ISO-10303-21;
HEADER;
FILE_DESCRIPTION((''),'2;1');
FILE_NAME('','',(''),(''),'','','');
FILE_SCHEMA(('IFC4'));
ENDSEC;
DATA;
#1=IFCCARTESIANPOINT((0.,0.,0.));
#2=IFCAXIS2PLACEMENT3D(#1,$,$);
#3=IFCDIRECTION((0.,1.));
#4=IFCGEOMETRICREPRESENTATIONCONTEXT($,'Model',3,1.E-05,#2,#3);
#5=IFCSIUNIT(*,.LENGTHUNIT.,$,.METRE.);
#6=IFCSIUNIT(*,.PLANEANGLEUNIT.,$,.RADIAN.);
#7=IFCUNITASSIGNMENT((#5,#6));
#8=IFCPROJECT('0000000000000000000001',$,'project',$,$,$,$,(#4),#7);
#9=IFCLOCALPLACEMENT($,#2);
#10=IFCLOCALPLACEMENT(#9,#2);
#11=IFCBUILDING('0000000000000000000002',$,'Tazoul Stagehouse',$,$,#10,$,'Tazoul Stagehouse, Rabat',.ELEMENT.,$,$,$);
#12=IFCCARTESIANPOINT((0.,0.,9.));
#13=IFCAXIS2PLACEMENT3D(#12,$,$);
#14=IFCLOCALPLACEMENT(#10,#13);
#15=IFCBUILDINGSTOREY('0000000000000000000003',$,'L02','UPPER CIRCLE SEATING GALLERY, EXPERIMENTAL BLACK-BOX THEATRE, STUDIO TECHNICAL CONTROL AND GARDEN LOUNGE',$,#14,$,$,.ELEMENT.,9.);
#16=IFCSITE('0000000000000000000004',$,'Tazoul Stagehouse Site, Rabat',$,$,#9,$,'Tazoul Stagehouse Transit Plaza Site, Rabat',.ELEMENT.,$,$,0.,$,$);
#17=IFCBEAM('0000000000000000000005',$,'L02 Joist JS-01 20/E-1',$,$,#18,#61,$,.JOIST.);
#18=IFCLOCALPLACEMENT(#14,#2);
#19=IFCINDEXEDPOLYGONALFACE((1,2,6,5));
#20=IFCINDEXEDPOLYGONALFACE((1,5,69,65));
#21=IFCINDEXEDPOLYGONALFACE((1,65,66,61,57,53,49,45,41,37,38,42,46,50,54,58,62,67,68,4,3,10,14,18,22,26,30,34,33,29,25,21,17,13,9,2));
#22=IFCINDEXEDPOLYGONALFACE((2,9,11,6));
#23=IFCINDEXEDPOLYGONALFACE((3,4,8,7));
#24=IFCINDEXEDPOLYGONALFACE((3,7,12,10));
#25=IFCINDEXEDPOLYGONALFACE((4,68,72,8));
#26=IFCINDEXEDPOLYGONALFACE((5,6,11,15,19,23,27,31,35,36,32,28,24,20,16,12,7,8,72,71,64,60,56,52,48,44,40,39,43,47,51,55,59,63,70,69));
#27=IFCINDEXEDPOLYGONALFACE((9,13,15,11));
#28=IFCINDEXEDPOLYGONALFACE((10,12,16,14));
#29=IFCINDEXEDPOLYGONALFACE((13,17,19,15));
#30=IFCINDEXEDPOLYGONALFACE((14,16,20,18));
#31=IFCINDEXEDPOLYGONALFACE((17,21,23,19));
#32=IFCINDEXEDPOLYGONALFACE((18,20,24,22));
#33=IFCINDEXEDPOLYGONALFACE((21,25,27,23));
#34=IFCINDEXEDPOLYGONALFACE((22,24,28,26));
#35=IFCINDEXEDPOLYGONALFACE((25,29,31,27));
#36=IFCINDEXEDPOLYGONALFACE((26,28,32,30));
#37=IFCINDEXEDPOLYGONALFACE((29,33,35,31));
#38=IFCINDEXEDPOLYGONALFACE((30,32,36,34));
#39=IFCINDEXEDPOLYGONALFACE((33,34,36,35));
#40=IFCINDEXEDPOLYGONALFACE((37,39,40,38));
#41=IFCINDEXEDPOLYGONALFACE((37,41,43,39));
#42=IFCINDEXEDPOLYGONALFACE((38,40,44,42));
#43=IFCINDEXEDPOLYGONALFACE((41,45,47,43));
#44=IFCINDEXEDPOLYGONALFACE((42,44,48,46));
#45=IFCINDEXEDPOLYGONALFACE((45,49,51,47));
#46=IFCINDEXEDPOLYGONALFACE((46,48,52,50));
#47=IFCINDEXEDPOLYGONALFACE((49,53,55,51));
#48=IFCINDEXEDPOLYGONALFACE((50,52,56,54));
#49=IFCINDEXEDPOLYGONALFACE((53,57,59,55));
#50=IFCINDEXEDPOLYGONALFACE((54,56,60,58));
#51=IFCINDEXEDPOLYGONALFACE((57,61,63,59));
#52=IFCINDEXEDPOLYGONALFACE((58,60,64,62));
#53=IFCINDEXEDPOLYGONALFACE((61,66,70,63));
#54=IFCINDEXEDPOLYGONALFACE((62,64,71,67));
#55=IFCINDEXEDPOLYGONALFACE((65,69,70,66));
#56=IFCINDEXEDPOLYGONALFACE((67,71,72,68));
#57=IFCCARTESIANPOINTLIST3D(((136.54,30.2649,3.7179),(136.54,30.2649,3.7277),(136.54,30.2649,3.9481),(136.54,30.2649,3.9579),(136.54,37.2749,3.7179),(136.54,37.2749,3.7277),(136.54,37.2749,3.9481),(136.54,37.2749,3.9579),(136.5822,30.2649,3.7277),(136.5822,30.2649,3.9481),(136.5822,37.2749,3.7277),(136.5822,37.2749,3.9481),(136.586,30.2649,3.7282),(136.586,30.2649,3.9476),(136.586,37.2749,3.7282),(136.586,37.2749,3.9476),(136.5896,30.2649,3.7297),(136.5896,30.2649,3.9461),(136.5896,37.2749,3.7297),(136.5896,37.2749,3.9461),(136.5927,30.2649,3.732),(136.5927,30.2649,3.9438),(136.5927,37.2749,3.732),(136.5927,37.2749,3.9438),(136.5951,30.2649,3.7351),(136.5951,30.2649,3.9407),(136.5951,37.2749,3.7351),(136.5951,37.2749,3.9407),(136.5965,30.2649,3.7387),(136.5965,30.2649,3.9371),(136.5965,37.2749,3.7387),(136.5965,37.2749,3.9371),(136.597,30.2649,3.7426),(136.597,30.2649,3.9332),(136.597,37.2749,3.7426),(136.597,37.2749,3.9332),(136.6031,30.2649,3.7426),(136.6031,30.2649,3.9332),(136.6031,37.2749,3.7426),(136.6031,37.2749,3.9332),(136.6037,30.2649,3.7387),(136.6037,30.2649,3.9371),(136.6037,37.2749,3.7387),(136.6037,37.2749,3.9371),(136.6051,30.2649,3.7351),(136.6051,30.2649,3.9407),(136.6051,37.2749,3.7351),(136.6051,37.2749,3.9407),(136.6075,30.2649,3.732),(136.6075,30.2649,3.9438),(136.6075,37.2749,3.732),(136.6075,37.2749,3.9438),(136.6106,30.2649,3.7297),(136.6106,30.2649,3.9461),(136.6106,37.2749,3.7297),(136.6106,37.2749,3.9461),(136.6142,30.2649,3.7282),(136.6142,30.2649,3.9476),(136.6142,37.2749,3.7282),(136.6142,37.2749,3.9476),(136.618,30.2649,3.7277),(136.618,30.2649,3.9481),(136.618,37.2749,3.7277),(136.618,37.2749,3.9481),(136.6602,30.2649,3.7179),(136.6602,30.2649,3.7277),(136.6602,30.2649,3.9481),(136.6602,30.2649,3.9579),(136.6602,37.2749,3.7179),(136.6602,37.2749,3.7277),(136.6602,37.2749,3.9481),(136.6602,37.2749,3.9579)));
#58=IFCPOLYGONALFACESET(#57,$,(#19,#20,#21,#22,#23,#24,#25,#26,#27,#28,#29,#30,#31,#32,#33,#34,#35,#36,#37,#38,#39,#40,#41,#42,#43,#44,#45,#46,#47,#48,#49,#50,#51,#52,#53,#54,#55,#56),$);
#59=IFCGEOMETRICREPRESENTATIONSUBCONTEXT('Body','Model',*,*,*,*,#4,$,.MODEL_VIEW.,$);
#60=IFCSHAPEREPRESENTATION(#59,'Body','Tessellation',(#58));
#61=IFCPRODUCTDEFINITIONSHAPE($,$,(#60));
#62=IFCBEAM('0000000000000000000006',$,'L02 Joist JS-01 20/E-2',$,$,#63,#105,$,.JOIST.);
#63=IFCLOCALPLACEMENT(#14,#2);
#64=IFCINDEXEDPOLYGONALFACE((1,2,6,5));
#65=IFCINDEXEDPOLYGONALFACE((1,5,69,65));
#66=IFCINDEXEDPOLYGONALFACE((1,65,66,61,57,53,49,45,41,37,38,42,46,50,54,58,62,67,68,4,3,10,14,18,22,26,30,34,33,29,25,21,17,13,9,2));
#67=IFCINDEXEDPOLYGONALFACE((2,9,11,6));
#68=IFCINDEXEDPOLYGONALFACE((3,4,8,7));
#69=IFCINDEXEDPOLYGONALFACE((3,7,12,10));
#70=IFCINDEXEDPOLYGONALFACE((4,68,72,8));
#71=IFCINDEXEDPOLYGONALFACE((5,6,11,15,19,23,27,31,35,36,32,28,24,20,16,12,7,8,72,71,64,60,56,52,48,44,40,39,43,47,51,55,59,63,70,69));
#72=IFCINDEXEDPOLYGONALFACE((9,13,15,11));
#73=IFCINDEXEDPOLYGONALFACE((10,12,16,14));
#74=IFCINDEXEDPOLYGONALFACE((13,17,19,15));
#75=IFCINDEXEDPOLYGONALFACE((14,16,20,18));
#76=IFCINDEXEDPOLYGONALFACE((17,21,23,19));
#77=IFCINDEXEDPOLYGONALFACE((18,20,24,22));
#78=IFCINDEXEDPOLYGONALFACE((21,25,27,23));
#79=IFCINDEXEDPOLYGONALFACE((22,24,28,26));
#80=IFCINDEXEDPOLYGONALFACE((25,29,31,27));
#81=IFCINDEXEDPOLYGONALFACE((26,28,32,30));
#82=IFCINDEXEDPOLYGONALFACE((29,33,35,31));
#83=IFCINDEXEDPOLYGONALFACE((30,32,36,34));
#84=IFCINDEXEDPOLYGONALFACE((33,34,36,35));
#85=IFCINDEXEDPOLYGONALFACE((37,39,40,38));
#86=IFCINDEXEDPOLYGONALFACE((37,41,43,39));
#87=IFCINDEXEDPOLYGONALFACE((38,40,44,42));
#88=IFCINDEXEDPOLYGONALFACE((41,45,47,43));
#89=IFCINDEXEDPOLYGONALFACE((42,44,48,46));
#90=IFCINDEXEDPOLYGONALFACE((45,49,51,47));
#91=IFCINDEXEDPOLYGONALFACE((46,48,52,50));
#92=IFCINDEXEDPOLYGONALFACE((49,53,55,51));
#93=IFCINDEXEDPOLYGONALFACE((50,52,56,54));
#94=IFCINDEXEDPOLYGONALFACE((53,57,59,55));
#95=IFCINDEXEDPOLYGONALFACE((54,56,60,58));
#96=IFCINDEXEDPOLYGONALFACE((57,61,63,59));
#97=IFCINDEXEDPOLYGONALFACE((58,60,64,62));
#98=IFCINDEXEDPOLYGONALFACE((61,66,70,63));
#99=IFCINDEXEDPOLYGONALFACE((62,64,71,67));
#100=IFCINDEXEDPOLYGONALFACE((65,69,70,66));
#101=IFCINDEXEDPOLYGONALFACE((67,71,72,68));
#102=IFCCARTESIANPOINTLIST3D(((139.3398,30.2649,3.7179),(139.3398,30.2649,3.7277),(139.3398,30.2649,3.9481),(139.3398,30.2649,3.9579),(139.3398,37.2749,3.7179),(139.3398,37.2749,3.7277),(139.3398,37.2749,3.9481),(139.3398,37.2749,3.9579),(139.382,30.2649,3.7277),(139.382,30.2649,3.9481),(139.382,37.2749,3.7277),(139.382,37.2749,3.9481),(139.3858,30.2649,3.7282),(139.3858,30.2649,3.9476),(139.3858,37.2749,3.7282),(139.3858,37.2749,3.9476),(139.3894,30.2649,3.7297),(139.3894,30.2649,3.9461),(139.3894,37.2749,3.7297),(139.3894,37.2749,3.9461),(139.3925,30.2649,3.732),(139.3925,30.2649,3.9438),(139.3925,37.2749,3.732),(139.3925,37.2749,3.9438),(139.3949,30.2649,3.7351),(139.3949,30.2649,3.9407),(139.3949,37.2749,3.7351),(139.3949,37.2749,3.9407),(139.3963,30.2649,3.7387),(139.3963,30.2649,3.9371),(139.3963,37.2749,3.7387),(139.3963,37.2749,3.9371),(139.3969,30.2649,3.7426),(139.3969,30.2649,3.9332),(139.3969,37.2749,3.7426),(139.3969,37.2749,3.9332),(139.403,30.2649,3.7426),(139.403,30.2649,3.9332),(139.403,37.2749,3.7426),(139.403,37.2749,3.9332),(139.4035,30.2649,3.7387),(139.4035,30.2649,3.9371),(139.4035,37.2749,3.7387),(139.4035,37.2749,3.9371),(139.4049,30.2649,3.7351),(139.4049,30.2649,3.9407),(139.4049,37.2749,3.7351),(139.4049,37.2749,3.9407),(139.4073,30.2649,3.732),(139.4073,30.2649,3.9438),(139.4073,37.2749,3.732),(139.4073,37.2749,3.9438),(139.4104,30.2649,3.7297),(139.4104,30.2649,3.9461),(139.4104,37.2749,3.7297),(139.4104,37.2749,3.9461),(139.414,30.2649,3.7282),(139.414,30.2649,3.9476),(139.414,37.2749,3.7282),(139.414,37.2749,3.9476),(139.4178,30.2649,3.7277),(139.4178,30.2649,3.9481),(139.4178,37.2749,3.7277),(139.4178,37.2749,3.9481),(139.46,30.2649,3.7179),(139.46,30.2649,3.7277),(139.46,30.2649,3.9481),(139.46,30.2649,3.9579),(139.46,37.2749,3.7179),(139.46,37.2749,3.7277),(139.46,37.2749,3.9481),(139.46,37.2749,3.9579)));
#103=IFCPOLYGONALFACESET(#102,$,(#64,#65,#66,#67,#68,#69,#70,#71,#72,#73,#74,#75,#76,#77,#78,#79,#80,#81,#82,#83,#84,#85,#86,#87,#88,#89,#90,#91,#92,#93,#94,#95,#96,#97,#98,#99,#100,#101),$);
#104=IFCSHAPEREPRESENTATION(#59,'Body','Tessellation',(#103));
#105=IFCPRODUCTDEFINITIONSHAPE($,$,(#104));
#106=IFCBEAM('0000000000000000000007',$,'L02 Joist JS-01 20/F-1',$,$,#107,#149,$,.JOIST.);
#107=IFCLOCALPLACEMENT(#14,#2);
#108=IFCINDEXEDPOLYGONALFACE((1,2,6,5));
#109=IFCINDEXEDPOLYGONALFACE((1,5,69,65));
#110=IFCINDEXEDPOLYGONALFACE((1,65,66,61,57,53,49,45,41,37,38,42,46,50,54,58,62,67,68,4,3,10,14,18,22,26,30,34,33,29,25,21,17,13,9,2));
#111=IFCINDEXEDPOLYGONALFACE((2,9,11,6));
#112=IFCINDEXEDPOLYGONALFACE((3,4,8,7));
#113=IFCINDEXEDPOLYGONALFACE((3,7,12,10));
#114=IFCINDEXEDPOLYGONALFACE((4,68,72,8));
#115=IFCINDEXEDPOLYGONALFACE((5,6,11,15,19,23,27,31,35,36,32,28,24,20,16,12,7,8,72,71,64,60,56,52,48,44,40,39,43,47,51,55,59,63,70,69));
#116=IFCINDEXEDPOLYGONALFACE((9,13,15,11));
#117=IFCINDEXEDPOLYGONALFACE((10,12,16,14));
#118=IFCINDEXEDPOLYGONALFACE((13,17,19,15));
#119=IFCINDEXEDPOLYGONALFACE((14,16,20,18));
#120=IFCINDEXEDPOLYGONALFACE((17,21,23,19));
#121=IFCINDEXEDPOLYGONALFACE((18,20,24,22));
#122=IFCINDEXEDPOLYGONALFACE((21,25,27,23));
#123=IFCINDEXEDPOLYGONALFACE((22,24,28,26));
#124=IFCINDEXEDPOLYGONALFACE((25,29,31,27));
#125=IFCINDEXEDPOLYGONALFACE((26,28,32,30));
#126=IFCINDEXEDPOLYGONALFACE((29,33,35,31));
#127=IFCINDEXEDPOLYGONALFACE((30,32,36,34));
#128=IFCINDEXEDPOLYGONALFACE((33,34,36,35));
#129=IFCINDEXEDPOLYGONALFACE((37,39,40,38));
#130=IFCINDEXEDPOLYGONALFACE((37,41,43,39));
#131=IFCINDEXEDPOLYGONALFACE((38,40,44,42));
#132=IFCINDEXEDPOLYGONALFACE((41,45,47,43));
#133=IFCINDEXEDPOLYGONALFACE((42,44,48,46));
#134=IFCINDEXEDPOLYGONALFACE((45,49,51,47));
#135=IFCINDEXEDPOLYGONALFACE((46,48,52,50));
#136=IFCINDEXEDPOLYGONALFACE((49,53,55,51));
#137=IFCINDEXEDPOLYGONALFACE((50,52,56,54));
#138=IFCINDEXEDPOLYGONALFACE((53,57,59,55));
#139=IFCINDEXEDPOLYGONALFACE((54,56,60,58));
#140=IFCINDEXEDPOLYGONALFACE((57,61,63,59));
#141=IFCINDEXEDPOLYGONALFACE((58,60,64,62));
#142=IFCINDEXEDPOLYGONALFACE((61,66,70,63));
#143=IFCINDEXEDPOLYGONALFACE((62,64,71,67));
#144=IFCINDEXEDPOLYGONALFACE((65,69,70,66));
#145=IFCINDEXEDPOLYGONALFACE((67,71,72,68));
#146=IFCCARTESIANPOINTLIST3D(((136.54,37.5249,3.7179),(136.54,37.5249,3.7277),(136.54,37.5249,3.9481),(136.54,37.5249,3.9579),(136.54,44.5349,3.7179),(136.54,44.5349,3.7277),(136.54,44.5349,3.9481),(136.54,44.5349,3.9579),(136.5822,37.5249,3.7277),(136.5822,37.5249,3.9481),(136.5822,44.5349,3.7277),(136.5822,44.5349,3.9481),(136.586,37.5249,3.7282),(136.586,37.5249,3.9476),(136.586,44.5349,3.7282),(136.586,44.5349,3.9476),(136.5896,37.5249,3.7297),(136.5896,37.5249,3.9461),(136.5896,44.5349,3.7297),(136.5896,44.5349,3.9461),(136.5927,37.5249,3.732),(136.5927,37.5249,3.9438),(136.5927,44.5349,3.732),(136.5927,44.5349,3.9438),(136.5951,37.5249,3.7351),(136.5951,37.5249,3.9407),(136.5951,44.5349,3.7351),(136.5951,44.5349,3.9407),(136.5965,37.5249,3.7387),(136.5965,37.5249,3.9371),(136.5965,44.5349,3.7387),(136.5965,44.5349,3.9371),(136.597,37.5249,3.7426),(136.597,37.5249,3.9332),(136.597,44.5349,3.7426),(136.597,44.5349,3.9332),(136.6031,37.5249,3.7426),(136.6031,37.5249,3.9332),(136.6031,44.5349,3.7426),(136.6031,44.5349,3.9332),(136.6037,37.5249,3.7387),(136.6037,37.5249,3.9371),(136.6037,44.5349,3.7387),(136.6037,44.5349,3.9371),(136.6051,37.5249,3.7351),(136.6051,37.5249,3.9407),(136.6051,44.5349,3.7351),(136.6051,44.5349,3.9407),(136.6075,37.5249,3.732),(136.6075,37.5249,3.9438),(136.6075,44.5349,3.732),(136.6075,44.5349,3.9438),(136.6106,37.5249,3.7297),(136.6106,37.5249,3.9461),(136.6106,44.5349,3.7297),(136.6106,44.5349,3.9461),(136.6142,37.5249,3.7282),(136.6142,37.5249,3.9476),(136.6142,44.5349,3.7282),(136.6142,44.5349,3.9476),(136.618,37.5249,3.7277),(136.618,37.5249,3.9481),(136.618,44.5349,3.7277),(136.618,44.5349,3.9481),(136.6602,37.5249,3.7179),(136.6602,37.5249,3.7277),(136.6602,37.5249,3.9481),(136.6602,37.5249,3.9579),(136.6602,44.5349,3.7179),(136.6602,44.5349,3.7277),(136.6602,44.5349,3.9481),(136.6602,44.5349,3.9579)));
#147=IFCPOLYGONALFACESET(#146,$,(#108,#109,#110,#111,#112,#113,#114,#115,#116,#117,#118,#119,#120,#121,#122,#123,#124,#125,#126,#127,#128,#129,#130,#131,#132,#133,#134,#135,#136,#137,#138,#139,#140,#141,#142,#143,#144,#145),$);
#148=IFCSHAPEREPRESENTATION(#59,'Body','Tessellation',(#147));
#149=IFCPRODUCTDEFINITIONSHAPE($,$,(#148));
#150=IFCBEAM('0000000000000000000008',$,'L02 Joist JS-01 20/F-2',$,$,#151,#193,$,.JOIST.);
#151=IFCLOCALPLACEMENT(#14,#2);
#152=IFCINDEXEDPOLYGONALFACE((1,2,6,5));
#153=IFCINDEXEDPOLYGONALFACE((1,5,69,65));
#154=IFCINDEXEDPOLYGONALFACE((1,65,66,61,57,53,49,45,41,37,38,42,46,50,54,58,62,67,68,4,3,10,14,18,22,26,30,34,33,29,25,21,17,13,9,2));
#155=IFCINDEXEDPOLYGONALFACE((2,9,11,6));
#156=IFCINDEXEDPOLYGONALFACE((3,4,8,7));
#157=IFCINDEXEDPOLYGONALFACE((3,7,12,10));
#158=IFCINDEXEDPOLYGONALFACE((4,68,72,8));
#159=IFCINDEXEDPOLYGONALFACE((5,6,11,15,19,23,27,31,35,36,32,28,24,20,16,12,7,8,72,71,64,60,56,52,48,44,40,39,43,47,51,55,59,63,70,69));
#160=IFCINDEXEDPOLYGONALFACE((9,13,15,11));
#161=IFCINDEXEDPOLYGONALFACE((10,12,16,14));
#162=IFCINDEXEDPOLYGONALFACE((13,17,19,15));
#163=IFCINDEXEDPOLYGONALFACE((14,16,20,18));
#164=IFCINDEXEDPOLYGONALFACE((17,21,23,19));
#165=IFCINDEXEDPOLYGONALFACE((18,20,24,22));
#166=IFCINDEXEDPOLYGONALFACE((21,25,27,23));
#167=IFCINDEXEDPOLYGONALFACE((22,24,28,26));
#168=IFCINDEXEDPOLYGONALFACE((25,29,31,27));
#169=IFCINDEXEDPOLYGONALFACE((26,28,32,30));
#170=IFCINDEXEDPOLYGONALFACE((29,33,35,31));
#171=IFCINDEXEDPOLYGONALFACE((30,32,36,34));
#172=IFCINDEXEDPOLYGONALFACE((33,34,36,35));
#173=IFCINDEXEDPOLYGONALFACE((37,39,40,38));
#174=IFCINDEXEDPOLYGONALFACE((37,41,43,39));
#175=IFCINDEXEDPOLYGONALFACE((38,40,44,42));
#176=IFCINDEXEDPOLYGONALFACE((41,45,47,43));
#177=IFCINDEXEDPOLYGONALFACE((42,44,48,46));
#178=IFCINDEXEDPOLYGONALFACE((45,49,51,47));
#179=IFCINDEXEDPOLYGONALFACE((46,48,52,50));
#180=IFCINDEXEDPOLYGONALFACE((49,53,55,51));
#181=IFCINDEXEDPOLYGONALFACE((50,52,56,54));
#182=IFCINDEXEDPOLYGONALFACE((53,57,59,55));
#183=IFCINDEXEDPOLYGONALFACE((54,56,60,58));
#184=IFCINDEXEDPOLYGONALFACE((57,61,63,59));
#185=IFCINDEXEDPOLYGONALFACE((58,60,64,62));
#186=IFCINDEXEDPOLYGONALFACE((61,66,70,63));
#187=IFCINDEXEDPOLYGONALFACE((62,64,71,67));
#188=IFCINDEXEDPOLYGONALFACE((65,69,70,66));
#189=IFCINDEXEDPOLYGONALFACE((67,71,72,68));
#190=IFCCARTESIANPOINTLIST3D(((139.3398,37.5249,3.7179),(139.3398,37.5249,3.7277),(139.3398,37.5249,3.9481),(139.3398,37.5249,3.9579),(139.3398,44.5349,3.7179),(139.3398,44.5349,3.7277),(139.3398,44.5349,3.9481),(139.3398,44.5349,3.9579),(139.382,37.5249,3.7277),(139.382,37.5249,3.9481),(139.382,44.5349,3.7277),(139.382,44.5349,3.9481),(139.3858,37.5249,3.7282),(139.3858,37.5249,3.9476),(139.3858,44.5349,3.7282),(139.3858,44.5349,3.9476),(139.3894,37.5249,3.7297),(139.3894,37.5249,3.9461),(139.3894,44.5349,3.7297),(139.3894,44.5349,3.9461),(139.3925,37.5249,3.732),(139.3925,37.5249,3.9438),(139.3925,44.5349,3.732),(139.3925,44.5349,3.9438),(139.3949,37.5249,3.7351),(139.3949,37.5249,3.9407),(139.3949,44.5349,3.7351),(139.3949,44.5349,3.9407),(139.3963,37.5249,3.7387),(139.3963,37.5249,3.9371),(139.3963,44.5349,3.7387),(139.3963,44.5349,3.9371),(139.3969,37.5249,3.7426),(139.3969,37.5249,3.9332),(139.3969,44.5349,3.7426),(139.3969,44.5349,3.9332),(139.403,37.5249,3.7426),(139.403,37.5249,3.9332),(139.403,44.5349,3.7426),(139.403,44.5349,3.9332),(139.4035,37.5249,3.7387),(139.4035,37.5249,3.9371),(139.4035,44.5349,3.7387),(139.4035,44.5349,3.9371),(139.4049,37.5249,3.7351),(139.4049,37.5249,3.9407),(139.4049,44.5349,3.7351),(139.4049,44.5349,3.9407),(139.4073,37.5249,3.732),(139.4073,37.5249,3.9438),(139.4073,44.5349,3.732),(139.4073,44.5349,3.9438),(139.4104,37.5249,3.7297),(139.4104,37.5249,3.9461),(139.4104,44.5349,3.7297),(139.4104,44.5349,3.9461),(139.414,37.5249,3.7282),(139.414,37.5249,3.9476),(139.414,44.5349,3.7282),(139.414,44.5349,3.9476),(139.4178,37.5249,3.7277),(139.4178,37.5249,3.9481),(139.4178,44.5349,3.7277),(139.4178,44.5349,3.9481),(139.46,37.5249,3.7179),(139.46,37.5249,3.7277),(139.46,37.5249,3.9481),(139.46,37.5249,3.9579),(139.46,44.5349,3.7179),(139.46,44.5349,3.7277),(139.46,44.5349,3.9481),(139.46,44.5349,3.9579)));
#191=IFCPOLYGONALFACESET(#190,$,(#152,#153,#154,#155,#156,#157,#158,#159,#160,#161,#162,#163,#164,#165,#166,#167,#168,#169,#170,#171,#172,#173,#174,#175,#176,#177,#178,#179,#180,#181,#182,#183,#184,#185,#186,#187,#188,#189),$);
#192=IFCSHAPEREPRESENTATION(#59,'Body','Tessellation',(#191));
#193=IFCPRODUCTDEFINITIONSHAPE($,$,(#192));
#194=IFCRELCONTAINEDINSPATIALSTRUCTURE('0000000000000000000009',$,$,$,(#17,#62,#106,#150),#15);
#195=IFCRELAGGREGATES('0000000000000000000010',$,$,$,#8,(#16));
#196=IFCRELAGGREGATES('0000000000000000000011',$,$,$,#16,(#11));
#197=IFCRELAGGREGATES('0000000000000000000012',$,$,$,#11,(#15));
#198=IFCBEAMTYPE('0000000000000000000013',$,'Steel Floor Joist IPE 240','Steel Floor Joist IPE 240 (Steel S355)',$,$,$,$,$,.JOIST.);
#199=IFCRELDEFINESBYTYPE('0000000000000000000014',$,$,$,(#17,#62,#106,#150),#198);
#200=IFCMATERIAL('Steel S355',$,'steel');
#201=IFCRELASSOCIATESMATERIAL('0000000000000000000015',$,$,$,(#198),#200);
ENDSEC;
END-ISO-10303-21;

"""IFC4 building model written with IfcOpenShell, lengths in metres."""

from ifc_helpers import new_model, si_unit, direction, frame, origin, origin_2d, place, context, subcontext, project, spatial, i_section, extrude, material, material_profile, profile_set, type_object, element, save


model = new_model("IFC4")

# Units and contexts
model_context = context("Model", 3, precision=1e-05, world=origin(), true_north=direction((0.0, 1.0)))
body_context = subcontext(model_context, "Body", "Model", "MODEL_VIEW")
ifc_project = project(units=[si_unit("LENGTHUNIT", "METRE"), si_unit("PLANEANGLEUNIT", "RADIAN")], contexts=[model_context])

# Site, building, storey
site_placement = place(None, origin())
site = spatial("IfcSite", under=ifc_project, at=site_placement, Name="Tazoul Stagehouse Site, Rabat", LongName="Tazoul Stagehouse Transit Plaza Site, Rabat", CompositionType="ELEMENT", RefElevation=0.0)
building_placement = place(site_placement, origin())
building = spatial("IfcBuilding", under=site, at=building_placement, Name="Tazoul Stagehouse", LongName="Tazoul Stagehouse, Rabat", CompositionType="ELEMENT")
storey_placement = place(building_placement, frame((0.0, 0.0, 9.0)))
storey = spatial("IfcBuildingStorey", under=building, at=storey_placement, Name="L02", Description="UPPER CIRCLE SEATING GALLERY, EXPERIMENTAL BLACK-BOX THEATRE, STUDIO TECHNICAL CONTROL AND GARDEN LOUNGE", CompositionType="ELEMENT", Elevation=9.0)

# Beams
ifc_material_1 = material(Name="Steel S355", Category="steel")
ifc_material_profile_1 = material_profile(ifc_material_1, i_section(OverallWidth=0.1201, OverallDepth=0.24, WebThickness=0.0061, FlangeThickness=0.0098, FilletRadius=0.0149, at=origin_2d()), Name="IPE 240")
ifc_profile_set_1 = profile_set([ifc_material_profile_1], Name="Steel S355")
beam_type_1 = type_object("IfcBeamType", Name="Steel Floor Joist IPE 240", Description="Steel Floor Joist IPE 240 (Steel S355)", PredefinedType="JOIST", material=ifc_profile_set_1)
for number, where, z_axis, x_axis, name in (
    (1, (136.6001, 30.2649, 3.8379), (0.0, 1.0, 0.0), (-1.0, 0.0, 0.0), "L02 Joist JS-01 20/E-1"),
    (2, (139.3999, 30.2649, 3.8379), (0.0, 1.0, 0.0), (-1.0, 0.0, 0.0), "L02 Joist JS-01 20/E-2"),
    (3, (136.6001, 37.5249, 3.8379), (0.0, 1.0, 0.0), (-1.0, 0.0, 0.0), "L02 Joist JS-01 20/F-1"),
    (4, (139.3999, 37.5249, 3.8379), (0.0, 1.0, 0.0), (-1.0, 0.0, 0.0), "L02 Joist JS-01 20/F-2"),
):
    element("IfcBeam", number, at=place(storey_placement, frame(where, z_axis=z_axis, x_axis=x_axis)), inside=storey, type_object=beam_type_1, Name=name, PredefinedType="JOIST", context=body_context, shape_type="SweptSolid", body=[
        extrude(i_section(OverallWidth=0.1201, OverallDepth=0.24, WebThickness=0.0061, FlangeThickness=0.0098, FilletRadius=0.0149, at=origin_2d()), origin(), (0.0, 0.0, 1.0), 7.01),
    ])

save(model, "model.ifc")
